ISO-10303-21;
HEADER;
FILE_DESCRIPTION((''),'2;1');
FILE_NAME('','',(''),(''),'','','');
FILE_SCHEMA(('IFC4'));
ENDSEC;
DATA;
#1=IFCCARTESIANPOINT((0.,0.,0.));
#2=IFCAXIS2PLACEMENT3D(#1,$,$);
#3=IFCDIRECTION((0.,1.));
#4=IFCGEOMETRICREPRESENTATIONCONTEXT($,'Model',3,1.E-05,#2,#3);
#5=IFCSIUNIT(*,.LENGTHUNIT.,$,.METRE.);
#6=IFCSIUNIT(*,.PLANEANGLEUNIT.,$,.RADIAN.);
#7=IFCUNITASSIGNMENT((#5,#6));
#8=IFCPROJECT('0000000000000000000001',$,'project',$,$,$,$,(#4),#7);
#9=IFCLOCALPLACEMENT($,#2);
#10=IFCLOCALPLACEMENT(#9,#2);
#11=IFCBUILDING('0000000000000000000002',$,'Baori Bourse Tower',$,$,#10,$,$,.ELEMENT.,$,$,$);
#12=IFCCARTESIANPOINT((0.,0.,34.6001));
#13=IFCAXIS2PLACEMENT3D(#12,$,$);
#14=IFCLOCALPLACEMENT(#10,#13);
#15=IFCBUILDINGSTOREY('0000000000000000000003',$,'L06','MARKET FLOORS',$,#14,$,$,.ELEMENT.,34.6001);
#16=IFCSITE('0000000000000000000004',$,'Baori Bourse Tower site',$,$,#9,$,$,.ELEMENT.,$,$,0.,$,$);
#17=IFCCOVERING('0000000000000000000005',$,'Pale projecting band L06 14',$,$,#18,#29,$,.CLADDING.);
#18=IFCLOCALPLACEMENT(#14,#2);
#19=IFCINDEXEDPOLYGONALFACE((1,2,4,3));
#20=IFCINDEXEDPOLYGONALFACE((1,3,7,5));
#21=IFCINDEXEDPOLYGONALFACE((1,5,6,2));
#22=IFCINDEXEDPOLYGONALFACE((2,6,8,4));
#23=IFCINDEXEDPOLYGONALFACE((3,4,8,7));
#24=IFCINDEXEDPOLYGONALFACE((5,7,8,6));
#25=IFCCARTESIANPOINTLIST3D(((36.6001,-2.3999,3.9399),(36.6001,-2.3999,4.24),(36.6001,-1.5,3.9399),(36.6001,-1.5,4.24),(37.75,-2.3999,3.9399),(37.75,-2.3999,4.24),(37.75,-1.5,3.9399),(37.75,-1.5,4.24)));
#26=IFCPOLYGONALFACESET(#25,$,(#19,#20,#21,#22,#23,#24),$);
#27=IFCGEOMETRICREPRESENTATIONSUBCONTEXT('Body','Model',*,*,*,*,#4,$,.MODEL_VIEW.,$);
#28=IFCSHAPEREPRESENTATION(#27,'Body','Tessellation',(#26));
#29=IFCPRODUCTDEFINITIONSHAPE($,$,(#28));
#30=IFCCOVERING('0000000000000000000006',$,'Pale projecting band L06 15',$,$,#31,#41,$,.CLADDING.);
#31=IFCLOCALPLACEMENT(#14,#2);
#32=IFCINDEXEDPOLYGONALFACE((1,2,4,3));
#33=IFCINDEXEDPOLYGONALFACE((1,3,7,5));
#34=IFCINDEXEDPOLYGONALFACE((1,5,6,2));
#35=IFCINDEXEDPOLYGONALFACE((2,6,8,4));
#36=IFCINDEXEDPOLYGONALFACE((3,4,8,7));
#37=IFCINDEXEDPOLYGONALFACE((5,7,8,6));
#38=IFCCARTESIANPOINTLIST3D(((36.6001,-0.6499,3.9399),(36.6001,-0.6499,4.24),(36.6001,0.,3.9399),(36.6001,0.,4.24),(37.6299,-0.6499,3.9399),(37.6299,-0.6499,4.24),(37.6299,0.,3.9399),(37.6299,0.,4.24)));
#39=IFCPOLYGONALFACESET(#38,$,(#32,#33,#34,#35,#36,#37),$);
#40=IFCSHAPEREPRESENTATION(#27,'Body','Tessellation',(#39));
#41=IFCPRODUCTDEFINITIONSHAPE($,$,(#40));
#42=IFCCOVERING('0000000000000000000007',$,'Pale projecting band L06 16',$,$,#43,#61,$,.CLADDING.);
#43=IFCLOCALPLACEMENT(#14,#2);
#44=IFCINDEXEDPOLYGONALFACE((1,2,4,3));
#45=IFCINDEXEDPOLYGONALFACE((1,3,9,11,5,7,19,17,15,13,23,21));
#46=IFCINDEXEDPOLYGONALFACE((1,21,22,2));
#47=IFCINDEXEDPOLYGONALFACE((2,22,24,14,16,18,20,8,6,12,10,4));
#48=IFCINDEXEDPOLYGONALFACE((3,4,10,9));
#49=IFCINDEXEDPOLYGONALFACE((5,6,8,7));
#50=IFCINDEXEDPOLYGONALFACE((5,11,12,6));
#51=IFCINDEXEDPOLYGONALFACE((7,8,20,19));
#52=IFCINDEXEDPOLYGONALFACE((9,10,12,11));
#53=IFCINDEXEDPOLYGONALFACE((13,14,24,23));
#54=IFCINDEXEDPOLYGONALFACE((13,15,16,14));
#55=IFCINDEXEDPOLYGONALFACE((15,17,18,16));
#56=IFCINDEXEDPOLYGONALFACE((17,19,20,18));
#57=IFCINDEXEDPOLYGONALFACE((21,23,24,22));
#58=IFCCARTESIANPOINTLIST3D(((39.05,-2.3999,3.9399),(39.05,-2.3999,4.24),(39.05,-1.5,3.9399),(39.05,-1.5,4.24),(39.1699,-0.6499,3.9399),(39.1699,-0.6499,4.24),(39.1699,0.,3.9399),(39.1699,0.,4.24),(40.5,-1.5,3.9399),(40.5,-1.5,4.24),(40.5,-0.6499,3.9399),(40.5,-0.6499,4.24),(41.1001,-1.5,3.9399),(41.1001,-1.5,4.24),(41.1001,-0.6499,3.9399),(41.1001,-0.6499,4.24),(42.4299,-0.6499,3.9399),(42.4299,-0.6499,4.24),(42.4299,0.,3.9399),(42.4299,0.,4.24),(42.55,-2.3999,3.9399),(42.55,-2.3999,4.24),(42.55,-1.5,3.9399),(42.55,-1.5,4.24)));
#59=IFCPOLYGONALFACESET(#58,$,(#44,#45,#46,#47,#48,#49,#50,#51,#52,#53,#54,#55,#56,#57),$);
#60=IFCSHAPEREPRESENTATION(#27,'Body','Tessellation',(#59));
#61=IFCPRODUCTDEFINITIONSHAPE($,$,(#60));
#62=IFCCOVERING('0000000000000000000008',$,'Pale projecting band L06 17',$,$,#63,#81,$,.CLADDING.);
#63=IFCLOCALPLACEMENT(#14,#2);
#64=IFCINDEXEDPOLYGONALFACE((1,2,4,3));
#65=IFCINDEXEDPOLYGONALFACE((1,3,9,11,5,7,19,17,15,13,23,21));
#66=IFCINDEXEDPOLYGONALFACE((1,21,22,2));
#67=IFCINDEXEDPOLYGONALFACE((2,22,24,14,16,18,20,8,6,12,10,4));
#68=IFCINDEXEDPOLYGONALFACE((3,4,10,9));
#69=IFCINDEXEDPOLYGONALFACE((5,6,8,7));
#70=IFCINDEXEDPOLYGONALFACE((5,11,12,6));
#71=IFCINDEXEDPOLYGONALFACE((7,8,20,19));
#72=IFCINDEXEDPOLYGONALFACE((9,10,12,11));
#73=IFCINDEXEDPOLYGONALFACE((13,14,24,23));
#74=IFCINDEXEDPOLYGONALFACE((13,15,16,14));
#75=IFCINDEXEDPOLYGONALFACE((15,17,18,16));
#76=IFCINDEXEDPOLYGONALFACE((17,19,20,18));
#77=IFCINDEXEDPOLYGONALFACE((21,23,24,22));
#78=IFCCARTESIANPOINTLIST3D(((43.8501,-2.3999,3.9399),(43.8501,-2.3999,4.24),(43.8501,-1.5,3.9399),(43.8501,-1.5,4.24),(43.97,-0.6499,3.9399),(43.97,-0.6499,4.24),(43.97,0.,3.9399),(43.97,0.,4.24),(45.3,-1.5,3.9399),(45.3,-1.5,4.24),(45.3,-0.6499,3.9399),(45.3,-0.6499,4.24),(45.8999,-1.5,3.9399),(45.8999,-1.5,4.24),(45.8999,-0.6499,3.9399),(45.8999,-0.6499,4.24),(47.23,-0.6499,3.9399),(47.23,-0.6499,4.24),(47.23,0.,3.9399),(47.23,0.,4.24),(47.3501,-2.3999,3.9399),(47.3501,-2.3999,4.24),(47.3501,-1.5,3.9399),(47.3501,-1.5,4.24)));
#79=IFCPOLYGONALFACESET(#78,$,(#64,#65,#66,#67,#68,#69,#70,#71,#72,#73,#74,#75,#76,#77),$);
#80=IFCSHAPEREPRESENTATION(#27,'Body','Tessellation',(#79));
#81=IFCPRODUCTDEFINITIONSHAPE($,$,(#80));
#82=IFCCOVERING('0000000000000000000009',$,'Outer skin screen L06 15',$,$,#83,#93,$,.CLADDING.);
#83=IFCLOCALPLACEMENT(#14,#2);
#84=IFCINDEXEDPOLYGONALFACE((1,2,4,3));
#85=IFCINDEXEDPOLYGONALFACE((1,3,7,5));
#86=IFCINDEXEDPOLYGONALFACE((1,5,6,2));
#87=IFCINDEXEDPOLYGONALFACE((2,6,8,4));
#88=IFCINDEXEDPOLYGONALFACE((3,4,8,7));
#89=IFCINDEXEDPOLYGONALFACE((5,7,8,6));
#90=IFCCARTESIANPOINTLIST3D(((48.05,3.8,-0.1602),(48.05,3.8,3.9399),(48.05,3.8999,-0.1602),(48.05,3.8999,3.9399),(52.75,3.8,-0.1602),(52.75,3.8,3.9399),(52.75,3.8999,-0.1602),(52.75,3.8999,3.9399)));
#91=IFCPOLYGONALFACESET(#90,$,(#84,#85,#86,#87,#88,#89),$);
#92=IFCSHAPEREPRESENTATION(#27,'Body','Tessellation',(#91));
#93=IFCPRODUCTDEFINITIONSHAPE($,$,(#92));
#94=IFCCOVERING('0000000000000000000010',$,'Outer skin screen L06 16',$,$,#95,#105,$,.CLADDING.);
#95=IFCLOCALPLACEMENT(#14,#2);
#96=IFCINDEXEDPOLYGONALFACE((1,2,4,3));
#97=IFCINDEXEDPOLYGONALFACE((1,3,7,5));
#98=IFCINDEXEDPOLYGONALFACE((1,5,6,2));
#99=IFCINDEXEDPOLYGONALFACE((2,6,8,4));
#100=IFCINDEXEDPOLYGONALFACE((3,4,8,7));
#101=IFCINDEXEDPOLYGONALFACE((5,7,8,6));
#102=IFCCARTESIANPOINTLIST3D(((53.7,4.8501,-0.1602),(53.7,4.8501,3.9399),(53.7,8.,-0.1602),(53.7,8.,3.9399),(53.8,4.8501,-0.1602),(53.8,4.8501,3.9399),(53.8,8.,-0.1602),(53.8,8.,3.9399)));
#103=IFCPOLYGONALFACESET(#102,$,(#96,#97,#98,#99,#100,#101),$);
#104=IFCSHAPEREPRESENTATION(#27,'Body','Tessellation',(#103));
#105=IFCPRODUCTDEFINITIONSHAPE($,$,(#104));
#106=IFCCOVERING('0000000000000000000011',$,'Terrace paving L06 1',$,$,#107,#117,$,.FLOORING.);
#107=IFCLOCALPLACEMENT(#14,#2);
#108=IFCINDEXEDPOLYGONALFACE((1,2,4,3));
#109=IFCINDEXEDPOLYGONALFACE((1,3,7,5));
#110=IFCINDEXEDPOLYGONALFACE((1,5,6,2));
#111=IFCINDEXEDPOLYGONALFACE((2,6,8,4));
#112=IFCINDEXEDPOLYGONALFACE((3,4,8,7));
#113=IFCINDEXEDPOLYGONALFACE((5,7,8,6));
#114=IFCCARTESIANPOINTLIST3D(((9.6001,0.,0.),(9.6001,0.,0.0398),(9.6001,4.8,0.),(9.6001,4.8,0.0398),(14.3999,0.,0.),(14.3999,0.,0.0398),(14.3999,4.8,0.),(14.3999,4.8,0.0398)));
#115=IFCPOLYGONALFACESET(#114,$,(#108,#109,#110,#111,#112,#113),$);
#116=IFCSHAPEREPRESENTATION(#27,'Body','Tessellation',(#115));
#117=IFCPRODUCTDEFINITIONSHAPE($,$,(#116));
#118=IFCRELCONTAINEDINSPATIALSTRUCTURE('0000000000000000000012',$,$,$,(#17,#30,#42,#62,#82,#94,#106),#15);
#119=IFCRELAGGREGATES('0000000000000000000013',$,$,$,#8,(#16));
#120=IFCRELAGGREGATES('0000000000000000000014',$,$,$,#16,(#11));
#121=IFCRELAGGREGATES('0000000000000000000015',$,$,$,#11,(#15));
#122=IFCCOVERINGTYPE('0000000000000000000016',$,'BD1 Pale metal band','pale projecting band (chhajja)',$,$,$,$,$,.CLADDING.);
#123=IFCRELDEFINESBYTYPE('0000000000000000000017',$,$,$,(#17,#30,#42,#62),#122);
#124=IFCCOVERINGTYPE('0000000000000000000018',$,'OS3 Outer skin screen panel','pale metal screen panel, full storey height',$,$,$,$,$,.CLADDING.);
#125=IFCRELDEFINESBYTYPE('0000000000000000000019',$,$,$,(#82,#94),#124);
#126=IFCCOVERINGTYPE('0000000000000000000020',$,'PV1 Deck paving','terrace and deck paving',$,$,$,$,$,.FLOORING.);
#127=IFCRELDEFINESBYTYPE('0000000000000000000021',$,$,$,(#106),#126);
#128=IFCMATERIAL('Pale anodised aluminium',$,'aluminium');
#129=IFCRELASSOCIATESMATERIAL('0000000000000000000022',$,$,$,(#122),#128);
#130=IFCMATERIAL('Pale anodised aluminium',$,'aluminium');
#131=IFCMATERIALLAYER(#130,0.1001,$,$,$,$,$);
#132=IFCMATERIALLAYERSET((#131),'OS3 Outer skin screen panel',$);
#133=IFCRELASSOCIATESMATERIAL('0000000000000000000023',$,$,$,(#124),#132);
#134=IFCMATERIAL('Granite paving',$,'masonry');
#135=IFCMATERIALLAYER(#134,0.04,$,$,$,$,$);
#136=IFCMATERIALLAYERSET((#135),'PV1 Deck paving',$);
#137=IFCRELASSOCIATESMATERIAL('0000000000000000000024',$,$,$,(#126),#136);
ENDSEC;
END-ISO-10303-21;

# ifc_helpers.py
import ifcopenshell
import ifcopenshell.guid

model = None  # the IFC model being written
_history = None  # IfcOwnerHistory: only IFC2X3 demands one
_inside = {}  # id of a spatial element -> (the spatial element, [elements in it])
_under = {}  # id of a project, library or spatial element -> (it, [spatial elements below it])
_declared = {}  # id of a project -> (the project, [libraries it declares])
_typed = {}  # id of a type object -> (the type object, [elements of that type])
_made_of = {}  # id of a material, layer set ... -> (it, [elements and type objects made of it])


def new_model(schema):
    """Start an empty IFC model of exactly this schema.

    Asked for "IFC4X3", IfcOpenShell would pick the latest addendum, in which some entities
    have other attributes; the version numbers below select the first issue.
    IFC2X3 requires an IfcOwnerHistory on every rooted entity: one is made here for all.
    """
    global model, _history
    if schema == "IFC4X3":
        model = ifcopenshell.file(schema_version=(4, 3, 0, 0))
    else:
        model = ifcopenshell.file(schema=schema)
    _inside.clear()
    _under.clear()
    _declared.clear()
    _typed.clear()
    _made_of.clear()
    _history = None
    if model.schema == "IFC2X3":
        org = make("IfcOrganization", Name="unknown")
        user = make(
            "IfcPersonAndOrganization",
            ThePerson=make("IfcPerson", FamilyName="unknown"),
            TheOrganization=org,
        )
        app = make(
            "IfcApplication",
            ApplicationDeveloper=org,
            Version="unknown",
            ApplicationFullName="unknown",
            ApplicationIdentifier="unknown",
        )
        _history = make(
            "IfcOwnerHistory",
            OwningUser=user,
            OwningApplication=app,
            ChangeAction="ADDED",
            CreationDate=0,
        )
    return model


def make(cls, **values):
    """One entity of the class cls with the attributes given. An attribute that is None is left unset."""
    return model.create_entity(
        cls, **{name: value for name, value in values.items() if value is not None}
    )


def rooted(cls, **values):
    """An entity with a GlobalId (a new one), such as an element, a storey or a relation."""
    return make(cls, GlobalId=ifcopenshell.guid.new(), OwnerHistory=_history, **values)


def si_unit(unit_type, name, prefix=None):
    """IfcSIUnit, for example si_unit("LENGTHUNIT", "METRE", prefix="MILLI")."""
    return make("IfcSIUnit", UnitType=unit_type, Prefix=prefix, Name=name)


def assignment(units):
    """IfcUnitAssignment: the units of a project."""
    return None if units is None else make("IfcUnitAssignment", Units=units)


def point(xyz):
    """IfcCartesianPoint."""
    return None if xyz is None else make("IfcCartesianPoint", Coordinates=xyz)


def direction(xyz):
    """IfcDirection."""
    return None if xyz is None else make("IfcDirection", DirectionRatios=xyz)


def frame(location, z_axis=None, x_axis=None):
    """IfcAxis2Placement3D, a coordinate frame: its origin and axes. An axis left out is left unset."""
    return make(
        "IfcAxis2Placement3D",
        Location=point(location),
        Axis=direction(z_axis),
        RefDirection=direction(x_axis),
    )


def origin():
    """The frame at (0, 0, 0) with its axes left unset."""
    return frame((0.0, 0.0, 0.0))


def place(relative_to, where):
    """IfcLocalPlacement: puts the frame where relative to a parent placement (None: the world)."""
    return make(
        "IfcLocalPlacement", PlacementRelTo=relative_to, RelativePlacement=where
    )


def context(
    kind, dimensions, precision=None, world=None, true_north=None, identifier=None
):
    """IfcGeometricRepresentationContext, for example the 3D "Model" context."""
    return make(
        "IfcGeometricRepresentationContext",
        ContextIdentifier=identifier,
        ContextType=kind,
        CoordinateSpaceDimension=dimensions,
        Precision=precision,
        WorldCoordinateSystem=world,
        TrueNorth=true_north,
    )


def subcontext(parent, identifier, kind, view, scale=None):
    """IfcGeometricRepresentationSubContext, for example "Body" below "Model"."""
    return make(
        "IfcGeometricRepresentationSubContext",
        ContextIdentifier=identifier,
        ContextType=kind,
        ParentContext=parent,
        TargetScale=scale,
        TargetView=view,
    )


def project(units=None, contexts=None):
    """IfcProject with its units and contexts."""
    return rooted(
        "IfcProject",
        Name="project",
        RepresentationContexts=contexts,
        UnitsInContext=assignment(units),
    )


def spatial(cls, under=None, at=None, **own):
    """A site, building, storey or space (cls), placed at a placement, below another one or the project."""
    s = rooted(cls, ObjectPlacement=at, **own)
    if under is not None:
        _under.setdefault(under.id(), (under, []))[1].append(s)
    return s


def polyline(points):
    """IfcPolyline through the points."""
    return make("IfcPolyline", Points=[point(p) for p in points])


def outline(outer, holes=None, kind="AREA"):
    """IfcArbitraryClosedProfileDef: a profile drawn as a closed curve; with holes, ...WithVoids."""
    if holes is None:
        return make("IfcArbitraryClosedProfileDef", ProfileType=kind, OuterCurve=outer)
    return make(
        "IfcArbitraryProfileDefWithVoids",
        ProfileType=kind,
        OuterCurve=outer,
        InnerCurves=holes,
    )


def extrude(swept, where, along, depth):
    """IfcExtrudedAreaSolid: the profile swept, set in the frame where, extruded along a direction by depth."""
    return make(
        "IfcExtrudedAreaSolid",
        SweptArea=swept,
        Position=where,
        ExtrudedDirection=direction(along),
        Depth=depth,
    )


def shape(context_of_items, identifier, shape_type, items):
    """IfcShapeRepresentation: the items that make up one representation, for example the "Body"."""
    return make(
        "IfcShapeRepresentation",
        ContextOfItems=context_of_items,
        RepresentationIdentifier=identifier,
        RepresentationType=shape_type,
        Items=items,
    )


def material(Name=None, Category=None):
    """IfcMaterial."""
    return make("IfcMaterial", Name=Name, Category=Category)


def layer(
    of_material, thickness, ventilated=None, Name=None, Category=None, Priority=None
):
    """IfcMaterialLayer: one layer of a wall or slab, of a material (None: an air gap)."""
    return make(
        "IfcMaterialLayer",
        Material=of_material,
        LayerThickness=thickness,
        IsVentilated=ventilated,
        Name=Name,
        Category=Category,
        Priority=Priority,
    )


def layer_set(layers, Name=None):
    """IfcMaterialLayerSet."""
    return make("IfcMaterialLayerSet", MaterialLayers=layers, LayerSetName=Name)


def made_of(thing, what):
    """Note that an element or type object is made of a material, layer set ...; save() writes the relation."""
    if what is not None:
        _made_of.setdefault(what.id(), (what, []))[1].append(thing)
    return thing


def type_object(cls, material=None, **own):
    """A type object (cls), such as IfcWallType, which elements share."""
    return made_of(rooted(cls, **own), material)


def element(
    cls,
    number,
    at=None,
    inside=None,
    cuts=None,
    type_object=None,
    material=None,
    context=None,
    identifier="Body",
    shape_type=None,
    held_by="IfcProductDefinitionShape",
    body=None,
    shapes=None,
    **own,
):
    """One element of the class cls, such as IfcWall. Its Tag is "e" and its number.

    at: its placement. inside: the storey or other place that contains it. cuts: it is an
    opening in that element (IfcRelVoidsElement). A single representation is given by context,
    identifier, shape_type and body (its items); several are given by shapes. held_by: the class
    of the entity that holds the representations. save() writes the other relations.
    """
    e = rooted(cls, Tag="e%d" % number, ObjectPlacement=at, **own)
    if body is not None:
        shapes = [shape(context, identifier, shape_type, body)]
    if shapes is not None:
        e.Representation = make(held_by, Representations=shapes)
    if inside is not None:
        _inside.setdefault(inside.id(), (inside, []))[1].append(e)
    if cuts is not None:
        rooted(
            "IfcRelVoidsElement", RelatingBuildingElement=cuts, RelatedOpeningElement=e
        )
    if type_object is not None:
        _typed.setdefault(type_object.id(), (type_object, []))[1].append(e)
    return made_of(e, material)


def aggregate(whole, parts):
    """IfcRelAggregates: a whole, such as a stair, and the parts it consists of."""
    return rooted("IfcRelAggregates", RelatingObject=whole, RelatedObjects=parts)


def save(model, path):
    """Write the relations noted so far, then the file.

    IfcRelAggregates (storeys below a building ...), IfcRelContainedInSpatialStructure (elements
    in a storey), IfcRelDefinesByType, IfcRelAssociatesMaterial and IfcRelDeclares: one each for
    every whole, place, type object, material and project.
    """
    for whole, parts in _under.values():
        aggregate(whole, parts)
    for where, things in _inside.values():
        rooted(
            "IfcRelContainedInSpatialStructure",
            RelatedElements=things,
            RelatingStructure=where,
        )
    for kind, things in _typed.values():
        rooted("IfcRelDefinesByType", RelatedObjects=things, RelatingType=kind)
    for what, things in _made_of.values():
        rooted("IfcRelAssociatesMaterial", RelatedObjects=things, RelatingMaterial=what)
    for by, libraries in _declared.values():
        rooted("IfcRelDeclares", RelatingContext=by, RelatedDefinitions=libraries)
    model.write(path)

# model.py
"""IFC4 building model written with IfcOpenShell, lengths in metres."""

from ifc_helpers import new_model, si_unit, direction, frame, origin, place, context, subcontext, project, spatial, polyline, outline, extrude, material, layer, layer_set, type_object, element, save


model = new_model("IFC4")

# Units and contexts
model_context = context("Model", 3, precision=1e-05, world=origin(), true_north=direction((0.0, 1.0)))
body_context = subcontext(model_context, "Body", "Model", "MODEL_VIEW")
ifc_project = project(units=[si_unit("LENGTHUNIT", "METRE"), si_unit("PLANEANGLEUNIT", "RADIAN")], contexts=[model_context])

# Site, building, storey
site_placement = place(None, origin())
site = spatial("IfcSite", under=ifc_project, at=site_placement, Name="Baori Bourse Tower site", CompositionType="ELEMENT", RefElevation=0.0)
building_placement = place(site_placement, origin())
building = spatial("IfcBuilding", under=site, at=building_placement, Name="Baori Bourse Tower", CompositionType="ELEMENT")
storey_placement = place(building_placement, frame((0.0, 0.0, 34.6001)))
storey = spatial("IfcBuildingStorey", under=building, at=storey_placement, Name="L06", Description="MARKET FLOORS", CompositionType="ELEMENT", Elevation=34.6001)

# Coverings
ifc_material_1 = material(Name="Pale anodised aluminium", Category="aluminium")
covering_type_1 = type_object("IfcCoveringType", Name="BD1 Pale metal band", Description="pale projecting band (chhajja)", PredefinedType="CLADDING", material=ifc_material_1)
covering_1_placement = place(storey_placement, frame((0.0, 0.0, 3.9399)))
element("IfcCovering", 1, at=covering_1_placement, inside=storey, type_object=covering_type_1, Name="Pale projecting band L06 14", PredefinedType="CLADDING", context=body_context, shape_type="SweptSolid", body=[
    extrude(outline(polyline([(37.75, -2.3999), (37.75, -1.5), (36.6001, -1.5), (36.6001, -2.3999), (37.75, -2.3999)])), origin(), (0.0, 0.0, 1.0), 0.3),
])
covering_2_placement = place(storey_placement, frame((0.0, 0.0, 3.9399)))
element("IfcCovering", 2, at=covering_2_placement, inside=storey, type_object=covering_type_1, Name="Pale projecting band L06 15", PredefinedType="CLADDING", context=body_context, shape_type="SweptSolid", body=[
    extrude(outline(polyline([(37.6299, 0.0), (36.6001, 0.0), (36.6001, -0.6499), (37.6299, -0.6499), (37.6299, 0.0)])), origin(), (0.0, 0.0, 1.0), 0.3),
])
covering_3_placement = place(storey_placement, frame((0.0, 0.0, 3.9399)))
element("IfcCovering", 3, at=covering_3_placement, inside=storey, type_object=covering_type_1, Name="Pale projecting band L06 16", PredefinedType="CLADDING", context=body_context, shape_type="SweptSolid", body=[
    extrude(outline(polyline([(42.4299, 0.0), (39.1699, 0.0), (39.1699, -0.6499), (40.5, -0.6499), (40.5, -1.5), (39.05, -1.5), (39.05, -2.3999), (42.55, -2.3999), (42.55, -1.5), (41.1001, -1.5), (41.1001, -0.6499), (42.4299, -0.6499), (42.4299, 0.0)])), origin(), (0.0, 0.0, 1.0), 0.3),
])
covering_4_placement = place(storey_placement, frame((0.0, 0.0, 3.9399)))
element("IfcCovering", 4, at=covering_4_placement, inside=storey, type_object=covering_type_1, Name="Pale projecting band L06 17", PredefinedType="CLADDING", context=body_context, shape_type="SweptSolid", body=[
    extrude(outline(polyline([(47.23, 0.0), (43.97, 0.0), (43.97, -0.6499), (45.3, -0.6499), (45.3, -1.5), (43.8501, -1.5), (43.8501, -2.3999), (47.3501, -2.3999), (47.3501, -1.5), (45.8999, -1.5), (45.8999, -0.6499), (47.23, -0.6499), (47.23, 0.0)])), origin(), (0.0, 0.0, 1.0), 0.3),
])
ifc_material_2 = material(Name="Pale anodised aluminium", Category="aluminium")
ifc_layer_1 = layer(ifc_material_2, 0.1001)
ifc_layer_set_1 = layer_set([ifc_layer_1], Name="OS3 Outer skin screen panel")
covering_type_2 = type_object("IfcCoveringType", Name="OS3 Outer skin screen panel", Description="pale metal screen panel, full storey height", PredefinedType="CLADDING", material=ifc_layer_set_1)
covering_5_placement = place(storey_placement, frame((0.0, 0.0, -0.1602)))
element("IfcCovering", 5, at=covering_5_placement, inside=storey, type_object=covering_type_2, Name="Outer skin screen L06 15", PredefinedType="CLADDING", context=body_context, shape_type="SweptSolid", body=[
    extrude(outline(polyline([(52.75, 3.8999), (48.05, 3.8999), (48.05, 3.8), (52.75, 3.8), (52.75, 3.8999)])), origin(), (0.0, 0.0, 1.0), 4.1001),
])
covering_6_placement = place(storey_placement, frame((0.0, 0.0, -0.1602)))
element("IfcCovering", 6, at=covering_6_placement, inside=storey, type_object=covering_type_2, Name="Outer skin screen L06 16", PredefinedType="CLADDING", context=body_context, shape_type="SweptSolid", body=[
    extrude(outline(polyline([(53.7, 8.0), (53.7, 4.8501), (53.8, 4.8501), (53.8, 8.0), (53.7, 8.0)])), origin(), (0.0, 0.0, 1.0), 4.1001),
])
ifc_material_3 = material(Name="Granite paving", Category="masonry")
ifc_layer_2 = layer(ifc_material_3, 0.04)
ifc_layer_set_2 = layer_set([ifc_layer_2], Name="PV1 Deck paving")
covering_type_3 = type_object("IfcCoveringType", Name="PV1 Deck paving", Description="terrace and deck paving", PredefinedType="FLOORING", material=ifc_layer_set_2)
covering_7_placement = place(storey_placement, origin())
element("IfcCovering", 7, at=covering_7_placement, inside=storey, type_object=covering_type_3, Name="Terrace paving L06 1", PredefinedType="FLOORING", context=body_context, shape_type="SweptSolid", body=[
    extrude(outline(polyline([(14.3999, 4.8), (9.6001, 4.8), (9.6001, 0.0), (14.3999, 0.0), (14.3999, 4.8)])), origin(), (0.0, 0.0, 1.0), 0.0398),
])

save(model, "model.ifc")
